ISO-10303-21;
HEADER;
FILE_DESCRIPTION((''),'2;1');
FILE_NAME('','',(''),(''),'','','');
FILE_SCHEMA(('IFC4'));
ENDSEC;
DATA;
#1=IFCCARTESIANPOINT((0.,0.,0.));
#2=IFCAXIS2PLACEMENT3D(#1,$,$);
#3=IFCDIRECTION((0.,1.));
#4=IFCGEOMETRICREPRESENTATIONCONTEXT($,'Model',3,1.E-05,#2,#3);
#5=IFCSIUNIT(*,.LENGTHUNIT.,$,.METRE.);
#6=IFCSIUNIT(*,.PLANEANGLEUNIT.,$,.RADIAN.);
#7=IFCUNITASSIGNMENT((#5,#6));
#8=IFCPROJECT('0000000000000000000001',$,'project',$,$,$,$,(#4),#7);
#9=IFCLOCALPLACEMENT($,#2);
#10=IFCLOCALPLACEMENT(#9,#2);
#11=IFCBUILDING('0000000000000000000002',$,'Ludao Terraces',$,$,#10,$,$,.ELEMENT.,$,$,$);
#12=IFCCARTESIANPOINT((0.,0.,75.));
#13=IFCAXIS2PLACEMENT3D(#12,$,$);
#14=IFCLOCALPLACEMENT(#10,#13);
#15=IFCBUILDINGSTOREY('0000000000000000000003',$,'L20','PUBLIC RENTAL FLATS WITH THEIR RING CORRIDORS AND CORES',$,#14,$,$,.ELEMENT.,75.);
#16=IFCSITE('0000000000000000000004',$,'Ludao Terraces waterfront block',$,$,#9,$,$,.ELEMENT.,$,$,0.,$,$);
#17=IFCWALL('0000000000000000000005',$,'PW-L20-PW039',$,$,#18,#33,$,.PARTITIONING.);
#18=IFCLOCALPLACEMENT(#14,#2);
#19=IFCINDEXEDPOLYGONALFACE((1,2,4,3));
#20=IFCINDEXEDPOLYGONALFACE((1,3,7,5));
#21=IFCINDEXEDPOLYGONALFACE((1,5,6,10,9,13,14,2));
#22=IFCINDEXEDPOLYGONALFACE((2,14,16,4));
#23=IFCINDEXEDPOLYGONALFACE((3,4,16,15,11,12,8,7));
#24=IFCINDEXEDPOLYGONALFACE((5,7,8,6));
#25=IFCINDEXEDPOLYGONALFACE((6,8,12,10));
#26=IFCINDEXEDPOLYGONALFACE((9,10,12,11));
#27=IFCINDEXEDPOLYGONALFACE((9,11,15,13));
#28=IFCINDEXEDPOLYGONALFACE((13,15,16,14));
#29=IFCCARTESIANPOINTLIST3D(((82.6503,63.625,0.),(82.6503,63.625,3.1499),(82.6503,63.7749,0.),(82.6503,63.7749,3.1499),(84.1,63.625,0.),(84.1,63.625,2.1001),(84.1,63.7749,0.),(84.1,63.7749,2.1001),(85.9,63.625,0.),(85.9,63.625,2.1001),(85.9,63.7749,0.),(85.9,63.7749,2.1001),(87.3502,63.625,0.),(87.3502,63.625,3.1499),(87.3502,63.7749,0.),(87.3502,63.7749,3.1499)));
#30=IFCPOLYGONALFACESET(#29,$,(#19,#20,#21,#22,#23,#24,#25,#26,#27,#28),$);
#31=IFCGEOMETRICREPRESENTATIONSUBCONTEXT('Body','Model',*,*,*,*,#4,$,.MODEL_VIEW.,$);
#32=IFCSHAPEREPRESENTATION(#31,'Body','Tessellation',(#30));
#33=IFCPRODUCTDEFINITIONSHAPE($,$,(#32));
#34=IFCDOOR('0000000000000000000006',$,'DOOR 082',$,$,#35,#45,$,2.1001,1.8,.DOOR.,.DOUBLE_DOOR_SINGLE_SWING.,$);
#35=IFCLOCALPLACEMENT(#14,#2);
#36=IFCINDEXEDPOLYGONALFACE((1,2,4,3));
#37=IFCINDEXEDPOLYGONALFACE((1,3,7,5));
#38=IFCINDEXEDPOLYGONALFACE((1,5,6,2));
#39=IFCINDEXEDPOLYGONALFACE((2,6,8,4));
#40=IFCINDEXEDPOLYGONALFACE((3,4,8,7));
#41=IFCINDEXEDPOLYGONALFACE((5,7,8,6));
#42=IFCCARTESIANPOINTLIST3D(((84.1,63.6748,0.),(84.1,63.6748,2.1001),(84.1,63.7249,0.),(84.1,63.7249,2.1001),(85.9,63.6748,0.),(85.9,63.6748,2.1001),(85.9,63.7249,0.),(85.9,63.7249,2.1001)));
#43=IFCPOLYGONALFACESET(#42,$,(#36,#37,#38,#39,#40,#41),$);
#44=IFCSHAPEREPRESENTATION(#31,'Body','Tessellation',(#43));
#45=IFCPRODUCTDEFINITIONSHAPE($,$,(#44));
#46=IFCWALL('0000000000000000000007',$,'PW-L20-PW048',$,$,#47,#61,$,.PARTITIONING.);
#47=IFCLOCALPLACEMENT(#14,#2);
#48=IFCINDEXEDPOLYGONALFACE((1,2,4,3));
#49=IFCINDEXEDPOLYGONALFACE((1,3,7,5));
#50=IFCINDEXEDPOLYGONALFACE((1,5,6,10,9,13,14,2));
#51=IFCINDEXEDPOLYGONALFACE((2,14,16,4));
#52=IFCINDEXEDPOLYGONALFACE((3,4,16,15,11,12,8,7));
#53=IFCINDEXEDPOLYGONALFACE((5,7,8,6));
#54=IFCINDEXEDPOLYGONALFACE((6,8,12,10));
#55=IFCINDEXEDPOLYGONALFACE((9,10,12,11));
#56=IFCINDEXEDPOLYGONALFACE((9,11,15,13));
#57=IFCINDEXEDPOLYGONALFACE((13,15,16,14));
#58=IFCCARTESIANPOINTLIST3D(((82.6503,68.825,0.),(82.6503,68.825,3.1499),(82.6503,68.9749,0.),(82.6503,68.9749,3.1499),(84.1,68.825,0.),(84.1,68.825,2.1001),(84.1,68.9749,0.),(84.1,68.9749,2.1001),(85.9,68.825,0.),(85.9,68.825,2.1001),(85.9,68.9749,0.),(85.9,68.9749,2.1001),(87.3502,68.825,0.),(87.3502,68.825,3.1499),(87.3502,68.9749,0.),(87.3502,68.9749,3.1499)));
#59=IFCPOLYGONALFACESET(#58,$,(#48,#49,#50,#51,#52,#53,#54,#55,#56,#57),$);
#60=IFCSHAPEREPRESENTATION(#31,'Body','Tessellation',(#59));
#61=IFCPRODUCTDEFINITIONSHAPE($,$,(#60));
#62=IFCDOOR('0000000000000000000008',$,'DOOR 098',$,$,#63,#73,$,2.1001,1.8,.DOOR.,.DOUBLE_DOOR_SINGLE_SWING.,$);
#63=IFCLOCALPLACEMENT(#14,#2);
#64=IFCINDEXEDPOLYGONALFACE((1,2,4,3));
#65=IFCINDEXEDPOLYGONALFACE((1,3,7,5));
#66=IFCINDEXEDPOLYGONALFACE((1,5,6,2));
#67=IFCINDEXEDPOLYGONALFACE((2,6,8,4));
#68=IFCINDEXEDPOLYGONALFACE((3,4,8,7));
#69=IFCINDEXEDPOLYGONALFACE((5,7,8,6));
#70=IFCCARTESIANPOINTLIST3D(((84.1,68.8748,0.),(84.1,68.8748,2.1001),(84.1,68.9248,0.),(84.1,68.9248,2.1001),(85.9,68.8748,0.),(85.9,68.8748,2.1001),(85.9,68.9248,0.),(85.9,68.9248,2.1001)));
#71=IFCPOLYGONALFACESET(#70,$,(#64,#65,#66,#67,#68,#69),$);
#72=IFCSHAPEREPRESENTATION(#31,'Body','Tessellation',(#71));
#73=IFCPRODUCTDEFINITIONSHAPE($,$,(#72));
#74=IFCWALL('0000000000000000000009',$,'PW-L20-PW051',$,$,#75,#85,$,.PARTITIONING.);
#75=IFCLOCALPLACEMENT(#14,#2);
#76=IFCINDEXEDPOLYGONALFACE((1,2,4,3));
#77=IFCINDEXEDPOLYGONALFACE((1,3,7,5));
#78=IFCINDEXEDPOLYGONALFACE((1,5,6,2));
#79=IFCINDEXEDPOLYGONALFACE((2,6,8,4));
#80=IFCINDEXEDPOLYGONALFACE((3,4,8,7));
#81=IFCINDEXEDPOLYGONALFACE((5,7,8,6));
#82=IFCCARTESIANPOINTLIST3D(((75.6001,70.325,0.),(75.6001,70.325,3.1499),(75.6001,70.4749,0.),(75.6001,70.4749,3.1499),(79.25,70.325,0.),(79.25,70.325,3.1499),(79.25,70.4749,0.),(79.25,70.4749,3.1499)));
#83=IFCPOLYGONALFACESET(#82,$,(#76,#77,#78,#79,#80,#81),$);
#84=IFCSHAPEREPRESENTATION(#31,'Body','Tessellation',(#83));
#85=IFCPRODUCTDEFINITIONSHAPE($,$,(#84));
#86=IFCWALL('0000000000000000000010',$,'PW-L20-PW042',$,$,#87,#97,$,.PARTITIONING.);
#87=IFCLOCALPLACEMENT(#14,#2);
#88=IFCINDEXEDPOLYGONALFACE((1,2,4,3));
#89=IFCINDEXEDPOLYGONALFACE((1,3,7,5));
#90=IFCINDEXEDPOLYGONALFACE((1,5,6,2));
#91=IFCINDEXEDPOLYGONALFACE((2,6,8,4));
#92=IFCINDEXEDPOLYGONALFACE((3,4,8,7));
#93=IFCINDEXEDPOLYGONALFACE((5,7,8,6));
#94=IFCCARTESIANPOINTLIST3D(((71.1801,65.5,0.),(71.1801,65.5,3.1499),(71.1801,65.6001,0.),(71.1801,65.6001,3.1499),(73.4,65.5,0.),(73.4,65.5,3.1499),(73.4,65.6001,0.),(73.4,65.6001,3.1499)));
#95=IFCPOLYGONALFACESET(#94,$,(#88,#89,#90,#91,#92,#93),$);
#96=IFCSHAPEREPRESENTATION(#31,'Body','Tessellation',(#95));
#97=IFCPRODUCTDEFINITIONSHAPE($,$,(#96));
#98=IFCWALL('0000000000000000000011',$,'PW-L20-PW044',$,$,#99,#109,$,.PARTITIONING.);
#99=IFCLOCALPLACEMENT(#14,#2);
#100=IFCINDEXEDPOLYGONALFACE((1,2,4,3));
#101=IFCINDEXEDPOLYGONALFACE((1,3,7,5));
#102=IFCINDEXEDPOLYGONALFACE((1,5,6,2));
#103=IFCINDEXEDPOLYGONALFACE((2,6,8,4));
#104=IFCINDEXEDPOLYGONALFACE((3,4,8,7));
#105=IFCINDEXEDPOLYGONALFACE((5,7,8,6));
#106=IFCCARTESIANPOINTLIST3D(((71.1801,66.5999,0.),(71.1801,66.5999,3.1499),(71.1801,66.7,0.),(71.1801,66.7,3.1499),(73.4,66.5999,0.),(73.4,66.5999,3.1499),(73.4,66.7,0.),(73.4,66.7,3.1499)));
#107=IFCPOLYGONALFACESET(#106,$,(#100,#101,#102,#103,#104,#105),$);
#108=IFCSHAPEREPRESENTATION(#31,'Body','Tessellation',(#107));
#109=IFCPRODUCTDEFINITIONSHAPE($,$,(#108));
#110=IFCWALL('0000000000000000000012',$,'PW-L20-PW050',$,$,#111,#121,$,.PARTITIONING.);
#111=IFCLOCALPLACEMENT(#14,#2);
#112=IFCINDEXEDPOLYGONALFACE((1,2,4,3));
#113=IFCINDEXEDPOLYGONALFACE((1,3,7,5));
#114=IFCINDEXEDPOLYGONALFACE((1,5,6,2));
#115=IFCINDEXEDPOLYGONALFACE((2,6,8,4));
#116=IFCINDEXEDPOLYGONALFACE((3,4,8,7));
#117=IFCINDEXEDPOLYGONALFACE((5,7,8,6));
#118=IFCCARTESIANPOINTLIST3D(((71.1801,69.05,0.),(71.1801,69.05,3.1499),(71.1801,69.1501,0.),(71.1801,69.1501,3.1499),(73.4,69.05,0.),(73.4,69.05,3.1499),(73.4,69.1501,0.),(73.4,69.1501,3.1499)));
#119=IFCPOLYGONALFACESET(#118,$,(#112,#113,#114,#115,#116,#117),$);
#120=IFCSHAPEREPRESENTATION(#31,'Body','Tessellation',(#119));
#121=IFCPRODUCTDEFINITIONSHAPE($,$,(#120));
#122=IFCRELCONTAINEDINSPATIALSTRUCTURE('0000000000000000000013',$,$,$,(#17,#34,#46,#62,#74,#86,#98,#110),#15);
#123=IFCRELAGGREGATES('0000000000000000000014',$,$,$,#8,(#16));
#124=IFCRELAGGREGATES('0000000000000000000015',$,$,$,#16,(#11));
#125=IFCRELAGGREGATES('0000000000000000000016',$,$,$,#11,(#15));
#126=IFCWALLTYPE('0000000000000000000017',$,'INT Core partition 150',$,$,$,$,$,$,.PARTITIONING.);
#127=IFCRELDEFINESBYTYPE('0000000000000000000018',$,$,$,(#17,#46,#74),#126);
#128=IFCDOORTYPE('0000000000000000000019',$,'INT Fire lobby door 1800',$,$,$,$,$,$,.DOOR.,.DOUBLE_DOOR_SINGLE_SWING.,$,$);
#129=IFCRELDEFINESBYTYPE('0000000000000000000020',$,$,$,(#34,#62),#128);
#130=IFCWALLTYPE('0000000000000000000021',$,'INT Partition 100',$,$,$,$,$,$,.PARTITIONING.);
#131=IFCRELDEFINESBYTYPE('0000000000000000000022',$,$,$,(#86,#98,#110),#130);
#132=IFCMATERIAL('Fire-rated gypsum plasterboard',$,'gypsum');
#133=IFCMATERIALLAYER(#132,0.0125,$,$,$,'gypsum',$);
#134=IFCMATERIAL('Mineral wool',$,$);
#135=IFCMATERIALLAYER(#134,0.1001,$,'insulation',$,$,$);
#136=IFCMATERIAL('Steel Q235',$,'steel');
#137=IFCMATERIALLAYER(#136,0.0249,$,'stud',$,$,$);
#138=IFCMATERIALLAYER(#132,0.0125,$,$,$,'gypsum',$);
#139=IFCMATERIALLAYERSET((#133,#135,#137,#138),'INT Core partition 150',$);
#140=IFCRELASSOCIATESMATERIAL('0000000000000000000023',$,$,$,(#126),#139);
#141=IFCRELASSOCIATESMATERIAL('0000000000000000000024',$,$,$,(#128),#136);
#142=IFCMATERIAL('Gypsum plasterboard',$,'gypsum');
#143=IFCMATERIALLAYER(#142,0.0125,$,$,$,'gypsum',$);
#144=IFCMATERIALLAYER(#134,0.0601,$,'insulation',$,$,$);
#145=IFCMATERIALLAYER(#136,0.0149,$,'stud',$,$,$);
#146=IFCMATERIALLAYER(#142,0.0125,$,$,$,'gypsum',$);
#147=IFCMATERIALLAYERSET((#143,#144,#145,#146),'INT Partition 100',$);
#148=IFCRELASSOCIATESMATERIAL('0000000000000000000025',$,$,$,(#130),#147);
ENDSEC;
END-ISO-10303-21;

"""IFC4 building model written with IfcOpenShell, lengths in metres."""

from ifc_helpers import new_model, si_unit, direction, frame, frame_2d, origin, place, context, subcontext, project, spatial, rectangle, extrude, material, layer, layer_set, type_object, element, fill, save


model = new_model("IFC4")

# Units and contexts
model_context = context("Model", 3, precision=1e-05, world=origin(), true_north=direction((0.0, 1.0)))
body_context = subcontext(model_context, "Body", "Model", "MODEL_VIEW")
ifc_project = project(units=[si_unit("LENGTHUNIT", "METRE"), si_unit("PLANEANGLEUNIT", "RADIAN")], contexts=[model_context])

# Site, building, storey
site_placement = place(None, origin())
site = spatial("IfcSite", under=ifc_project, at=site_placement, Name="Ludao Terraces waterfront block", CompositionType="ELEMENT", RefElevation=0.0)
building_placement = place(site_placement, origin())
building = spatial("IfcBuilding", under=site, at=building_placement, Name="Ludao Terraces", CompositionType="ELEMENT")
storey_placement = place(building_placement, frame((0.0, 0.0, 75.0)))
storey = spatial("IfcBuildingStorey", under=building, at=storey_placement, Name="L20", Description="PUBLIC RENTAL FLATS WITH THEIR RING CORRIDORS AND CORES", CompositionType="ELEMENT", Elevation=75.0)

# Walls, openings, doors
ifc_material_1 = material(Name="Fire-rated gypsum plasterboard", Category="gypsum")
ifc_layer_1 = layer(ifc_material_1, 0.0125, Category="gypsum")
ifc_material_2 = material(Name="Mineral wool")
ifc_layer_2 = layer(ifc_material_2, 0.1001, Name="insulation")
ifc_material_3 = material(Name="Steel Q235", Category="steel")
ifc_layer_3 = layer(ifc_material_3, 0.0249, Name="stud")
ifc_layer_4 = layer(ifc_material_1, 0.0125, Category="gypsum")
ifc_layer_set_1 = layer_set([ifc_layer_1, ifc_layer_2, ifc_layer_3, ifc_layer_4], Name="INT Core partition 150")
wall_type_1 = type_object("IfcWallType", Name="INT Core partition 150", PredefinedType="PARTITIONING", material=ifc_layer_set_1)
wall_1_placement = place(storey_placement, frame((82.6501, 63.7, 0.0), z_axis=(0.0, 0.0, 1.0), x_axis=(1.0, 0.0, 0.0)))
wall_1 = element("IfcWall", 1, at=wall_1_placement, inside=storey, type_object=wall_type_1, Name="PW-L20-PW039", PredefinedType="PARTITIONING", context=body_context, shape_type="SweptSolid", body=[
    extrude(rectangle(XDim=4.7, YDim=0.1499, at=frame_2d((2.3501, 0.0))), origin(), (0.0, 0.0, 1.0), 3.1499),
])
opening_1_placement = place(wall_1_placement, frame((1.45, 0.0, 0.0)))
opening_1 = element("IfcOpeningElement", 2, at=opening_1_placement, cuts=wall_1, PredefinedType="OPENING", context=body_context, shape_type="SweptSolid", body=[
    extrude(rectangle(XDim=1.8, YDim=2.1001, at=frame_2d((0.8999, 1.05))), frame((0.0, 0.085, 0.0), z_axis=(0.0, -1.0, 0.0), x_axis=(1.0, 0.0, 0.0)), (0.0, 0.0, 1.0), 0.1699),
])
door_type_1 = type_object("IfcDoorType", Name="INT Fire lobby door 1800", OperationType="DOUBLE_DOOR_SINGLE_SWING", PredefinedType="DOOR", material=ifc_material_3)
door_1_placement = place(opening_1_placement, origin())
door_1 = element("IfcDoor", 3, at=door_1_placement, inside=storey, type_object=door_type_1, Name="DOOR 082", OperationType="DOUBLE_DOOR_SINGLE_SWING", OverallHeight=2.1001, OverallWidth=1.8, PredefinedType="DOOR", context=body_context, shape_type="SweptSolid", body=[
    extrude(rectangle(XDim=1.8, YDim=2.1001, at=frame_2d((0.8999, 1.05))), frame((0.0, 0.0249, 0.0), z_axis=(0.0, -1.0, 0.0), x_axis=(1.0, 0.0, 0.0)), (0.0, 0.0, 1.0), 0.05),
])
fill(opening_1, door_1)
wall_2_placement = place(storey_placement, frame((82.6501, 68.8999, 0.0), z_axis=(0.0, 0.0, 1.0), x_axis=(1.0, 0.0, 0.0)))
wall_2 = element("IfcWall", 4, at=wall_2_placement, inside=storey, type_object=wall_type_1, Name="PW-L20-PW048", PredefinedType="PARTITIONING", context=body_context, shape_type="SweptSolid", body=[
    extrude(rectangle(XDim=4.7, YDim=0.1499, at=frame_2d((2.3501, 0.0))), origin(), (0.0, 0.0, 1.0), 3.1499),
])
opening_2_placement = place(wall_2_placement, frame((1.45, 0.0, 0.0)))
opening_2 = element("IfcOpeningElement", 5, at=opening_2_placement, cuts=wall_2, PredefinedType="OPENING", context=body_context, shape_type="SweptSolid", body=[
    extrude(rectangle(XDim=1.8, YDim=2.1001, at=frame_2d((0.8999, 1.05))), frame((0.0, 0.085, 0.0), z_axis=(0.0, -1.0, 0.0), x_axis=(1.0, 0.0, 0.0)), (0.0, 0.0, 1.0), 0.1699),
])
door_2_placement = place(opening_2_placement, origin())
door_2 = element("IfcDoor", 6, at=door_2_placement, inside=storey, type_object=door_type_1, Name="DOOR 098", OperationType="DOUBLE_DOOR_SINGLE_SWING", OverallHeight=2.1001, OverallWidth=1.8, PredefinedType="DOOR", context=body_context, shape_type="SweptSolid", body=[
    extrude(rectangle(XDim=1.8, YDim=2.1001, at=frame_2d((0.8999, 1.05))), frame((0.0, 0.0249, 0.0), z_axis=(0.0, -1.0, 0.0), x_axis=(1.0, 0.0, 0.0)), (0.0, 0.0, 1.0), 0.05),
])
fill(opening_2, door_2)

# Walls
wall_3_placement = place(storey_placement, frame((75.6001, 70.3999, 0.0), z_axis=(0.0, 0.0, 1.0), x_axis=(1.0, 0.0, 0.0)))
element("IfcWall", 7, at=wall_3_placement, inside=storey, type_object=wall_type_1, Name="PW-L20-PW051", PredefinedType="PARTITIONING", context=body_context, shape_type="SweptSolid", body=[
    extrude(rectangle(XDim=3.6499, YDim=0.1499, at=frame_2d((1.825, 0.0))), origin(), (0.0, 0.0, 1.0), 3.1499),
])
ifc_material_4 = material(Name="Gypsum plasterboard", Category="gypsum")
ifc_layer_5 = layer(ifc_material_4, 0.0125, Category="gypsum")
ifc_layer_6 = layer(ifc_material_2, 0.0601, Name="insulation")
ifc_layer_7 = layer(ifc_material_3, 0.0149, Name="stud")
ifc_layer_8 = layer(ifc_material_4, 0.0125, Category="gypsum")
ifc_layer_set_2 = layer_set([ifc_layer_5, ifc_layer_6, ifc_layer_7, ifc_layer_8], Name="INT Partition 100")
wall_type_2 = type_object("IfcWallType", Name="INT Partition 100", PredefinedType="PARTITIONING", material=ifc_layer_set_2)
for number, where, z_axis, x_axis, name in (
    (8, (71.1802, 65.55, 0.0), (0.0, 0.0, 1.0), (1.0, 0.0, 0.0), "PW-L20-PW042"),
    (9, (71.1802, 66.6499, 0.0), (0.0, 0.0, 1.0), (1.0, 0.0, 0.0), "PW-L20-PW044"),
    (10, (71.1802, 69.1001, 0.0), (0.0, 0.0, 1.0), (1.0, 0.0, 0.0), "PW-L20-PW050"),
):
    element("IfcWall", number, at=place(storey_placement, frame(where, z_axis=z_axis, x_axis=x_axis)), inside=storey, type_object=wall_type_2, Name=name, PredefinedType="PARTITIONING", context=body_context, shape_type="SweptSolid", body=[
        extrude(rectangle(XDim=2.22, YDim=0.1001, at=frame_2d((1.1099, 0.0))), origin(), (0.0, 0.0, 1.0), 3.1499),
    ])

save(model, "model.ifc")
